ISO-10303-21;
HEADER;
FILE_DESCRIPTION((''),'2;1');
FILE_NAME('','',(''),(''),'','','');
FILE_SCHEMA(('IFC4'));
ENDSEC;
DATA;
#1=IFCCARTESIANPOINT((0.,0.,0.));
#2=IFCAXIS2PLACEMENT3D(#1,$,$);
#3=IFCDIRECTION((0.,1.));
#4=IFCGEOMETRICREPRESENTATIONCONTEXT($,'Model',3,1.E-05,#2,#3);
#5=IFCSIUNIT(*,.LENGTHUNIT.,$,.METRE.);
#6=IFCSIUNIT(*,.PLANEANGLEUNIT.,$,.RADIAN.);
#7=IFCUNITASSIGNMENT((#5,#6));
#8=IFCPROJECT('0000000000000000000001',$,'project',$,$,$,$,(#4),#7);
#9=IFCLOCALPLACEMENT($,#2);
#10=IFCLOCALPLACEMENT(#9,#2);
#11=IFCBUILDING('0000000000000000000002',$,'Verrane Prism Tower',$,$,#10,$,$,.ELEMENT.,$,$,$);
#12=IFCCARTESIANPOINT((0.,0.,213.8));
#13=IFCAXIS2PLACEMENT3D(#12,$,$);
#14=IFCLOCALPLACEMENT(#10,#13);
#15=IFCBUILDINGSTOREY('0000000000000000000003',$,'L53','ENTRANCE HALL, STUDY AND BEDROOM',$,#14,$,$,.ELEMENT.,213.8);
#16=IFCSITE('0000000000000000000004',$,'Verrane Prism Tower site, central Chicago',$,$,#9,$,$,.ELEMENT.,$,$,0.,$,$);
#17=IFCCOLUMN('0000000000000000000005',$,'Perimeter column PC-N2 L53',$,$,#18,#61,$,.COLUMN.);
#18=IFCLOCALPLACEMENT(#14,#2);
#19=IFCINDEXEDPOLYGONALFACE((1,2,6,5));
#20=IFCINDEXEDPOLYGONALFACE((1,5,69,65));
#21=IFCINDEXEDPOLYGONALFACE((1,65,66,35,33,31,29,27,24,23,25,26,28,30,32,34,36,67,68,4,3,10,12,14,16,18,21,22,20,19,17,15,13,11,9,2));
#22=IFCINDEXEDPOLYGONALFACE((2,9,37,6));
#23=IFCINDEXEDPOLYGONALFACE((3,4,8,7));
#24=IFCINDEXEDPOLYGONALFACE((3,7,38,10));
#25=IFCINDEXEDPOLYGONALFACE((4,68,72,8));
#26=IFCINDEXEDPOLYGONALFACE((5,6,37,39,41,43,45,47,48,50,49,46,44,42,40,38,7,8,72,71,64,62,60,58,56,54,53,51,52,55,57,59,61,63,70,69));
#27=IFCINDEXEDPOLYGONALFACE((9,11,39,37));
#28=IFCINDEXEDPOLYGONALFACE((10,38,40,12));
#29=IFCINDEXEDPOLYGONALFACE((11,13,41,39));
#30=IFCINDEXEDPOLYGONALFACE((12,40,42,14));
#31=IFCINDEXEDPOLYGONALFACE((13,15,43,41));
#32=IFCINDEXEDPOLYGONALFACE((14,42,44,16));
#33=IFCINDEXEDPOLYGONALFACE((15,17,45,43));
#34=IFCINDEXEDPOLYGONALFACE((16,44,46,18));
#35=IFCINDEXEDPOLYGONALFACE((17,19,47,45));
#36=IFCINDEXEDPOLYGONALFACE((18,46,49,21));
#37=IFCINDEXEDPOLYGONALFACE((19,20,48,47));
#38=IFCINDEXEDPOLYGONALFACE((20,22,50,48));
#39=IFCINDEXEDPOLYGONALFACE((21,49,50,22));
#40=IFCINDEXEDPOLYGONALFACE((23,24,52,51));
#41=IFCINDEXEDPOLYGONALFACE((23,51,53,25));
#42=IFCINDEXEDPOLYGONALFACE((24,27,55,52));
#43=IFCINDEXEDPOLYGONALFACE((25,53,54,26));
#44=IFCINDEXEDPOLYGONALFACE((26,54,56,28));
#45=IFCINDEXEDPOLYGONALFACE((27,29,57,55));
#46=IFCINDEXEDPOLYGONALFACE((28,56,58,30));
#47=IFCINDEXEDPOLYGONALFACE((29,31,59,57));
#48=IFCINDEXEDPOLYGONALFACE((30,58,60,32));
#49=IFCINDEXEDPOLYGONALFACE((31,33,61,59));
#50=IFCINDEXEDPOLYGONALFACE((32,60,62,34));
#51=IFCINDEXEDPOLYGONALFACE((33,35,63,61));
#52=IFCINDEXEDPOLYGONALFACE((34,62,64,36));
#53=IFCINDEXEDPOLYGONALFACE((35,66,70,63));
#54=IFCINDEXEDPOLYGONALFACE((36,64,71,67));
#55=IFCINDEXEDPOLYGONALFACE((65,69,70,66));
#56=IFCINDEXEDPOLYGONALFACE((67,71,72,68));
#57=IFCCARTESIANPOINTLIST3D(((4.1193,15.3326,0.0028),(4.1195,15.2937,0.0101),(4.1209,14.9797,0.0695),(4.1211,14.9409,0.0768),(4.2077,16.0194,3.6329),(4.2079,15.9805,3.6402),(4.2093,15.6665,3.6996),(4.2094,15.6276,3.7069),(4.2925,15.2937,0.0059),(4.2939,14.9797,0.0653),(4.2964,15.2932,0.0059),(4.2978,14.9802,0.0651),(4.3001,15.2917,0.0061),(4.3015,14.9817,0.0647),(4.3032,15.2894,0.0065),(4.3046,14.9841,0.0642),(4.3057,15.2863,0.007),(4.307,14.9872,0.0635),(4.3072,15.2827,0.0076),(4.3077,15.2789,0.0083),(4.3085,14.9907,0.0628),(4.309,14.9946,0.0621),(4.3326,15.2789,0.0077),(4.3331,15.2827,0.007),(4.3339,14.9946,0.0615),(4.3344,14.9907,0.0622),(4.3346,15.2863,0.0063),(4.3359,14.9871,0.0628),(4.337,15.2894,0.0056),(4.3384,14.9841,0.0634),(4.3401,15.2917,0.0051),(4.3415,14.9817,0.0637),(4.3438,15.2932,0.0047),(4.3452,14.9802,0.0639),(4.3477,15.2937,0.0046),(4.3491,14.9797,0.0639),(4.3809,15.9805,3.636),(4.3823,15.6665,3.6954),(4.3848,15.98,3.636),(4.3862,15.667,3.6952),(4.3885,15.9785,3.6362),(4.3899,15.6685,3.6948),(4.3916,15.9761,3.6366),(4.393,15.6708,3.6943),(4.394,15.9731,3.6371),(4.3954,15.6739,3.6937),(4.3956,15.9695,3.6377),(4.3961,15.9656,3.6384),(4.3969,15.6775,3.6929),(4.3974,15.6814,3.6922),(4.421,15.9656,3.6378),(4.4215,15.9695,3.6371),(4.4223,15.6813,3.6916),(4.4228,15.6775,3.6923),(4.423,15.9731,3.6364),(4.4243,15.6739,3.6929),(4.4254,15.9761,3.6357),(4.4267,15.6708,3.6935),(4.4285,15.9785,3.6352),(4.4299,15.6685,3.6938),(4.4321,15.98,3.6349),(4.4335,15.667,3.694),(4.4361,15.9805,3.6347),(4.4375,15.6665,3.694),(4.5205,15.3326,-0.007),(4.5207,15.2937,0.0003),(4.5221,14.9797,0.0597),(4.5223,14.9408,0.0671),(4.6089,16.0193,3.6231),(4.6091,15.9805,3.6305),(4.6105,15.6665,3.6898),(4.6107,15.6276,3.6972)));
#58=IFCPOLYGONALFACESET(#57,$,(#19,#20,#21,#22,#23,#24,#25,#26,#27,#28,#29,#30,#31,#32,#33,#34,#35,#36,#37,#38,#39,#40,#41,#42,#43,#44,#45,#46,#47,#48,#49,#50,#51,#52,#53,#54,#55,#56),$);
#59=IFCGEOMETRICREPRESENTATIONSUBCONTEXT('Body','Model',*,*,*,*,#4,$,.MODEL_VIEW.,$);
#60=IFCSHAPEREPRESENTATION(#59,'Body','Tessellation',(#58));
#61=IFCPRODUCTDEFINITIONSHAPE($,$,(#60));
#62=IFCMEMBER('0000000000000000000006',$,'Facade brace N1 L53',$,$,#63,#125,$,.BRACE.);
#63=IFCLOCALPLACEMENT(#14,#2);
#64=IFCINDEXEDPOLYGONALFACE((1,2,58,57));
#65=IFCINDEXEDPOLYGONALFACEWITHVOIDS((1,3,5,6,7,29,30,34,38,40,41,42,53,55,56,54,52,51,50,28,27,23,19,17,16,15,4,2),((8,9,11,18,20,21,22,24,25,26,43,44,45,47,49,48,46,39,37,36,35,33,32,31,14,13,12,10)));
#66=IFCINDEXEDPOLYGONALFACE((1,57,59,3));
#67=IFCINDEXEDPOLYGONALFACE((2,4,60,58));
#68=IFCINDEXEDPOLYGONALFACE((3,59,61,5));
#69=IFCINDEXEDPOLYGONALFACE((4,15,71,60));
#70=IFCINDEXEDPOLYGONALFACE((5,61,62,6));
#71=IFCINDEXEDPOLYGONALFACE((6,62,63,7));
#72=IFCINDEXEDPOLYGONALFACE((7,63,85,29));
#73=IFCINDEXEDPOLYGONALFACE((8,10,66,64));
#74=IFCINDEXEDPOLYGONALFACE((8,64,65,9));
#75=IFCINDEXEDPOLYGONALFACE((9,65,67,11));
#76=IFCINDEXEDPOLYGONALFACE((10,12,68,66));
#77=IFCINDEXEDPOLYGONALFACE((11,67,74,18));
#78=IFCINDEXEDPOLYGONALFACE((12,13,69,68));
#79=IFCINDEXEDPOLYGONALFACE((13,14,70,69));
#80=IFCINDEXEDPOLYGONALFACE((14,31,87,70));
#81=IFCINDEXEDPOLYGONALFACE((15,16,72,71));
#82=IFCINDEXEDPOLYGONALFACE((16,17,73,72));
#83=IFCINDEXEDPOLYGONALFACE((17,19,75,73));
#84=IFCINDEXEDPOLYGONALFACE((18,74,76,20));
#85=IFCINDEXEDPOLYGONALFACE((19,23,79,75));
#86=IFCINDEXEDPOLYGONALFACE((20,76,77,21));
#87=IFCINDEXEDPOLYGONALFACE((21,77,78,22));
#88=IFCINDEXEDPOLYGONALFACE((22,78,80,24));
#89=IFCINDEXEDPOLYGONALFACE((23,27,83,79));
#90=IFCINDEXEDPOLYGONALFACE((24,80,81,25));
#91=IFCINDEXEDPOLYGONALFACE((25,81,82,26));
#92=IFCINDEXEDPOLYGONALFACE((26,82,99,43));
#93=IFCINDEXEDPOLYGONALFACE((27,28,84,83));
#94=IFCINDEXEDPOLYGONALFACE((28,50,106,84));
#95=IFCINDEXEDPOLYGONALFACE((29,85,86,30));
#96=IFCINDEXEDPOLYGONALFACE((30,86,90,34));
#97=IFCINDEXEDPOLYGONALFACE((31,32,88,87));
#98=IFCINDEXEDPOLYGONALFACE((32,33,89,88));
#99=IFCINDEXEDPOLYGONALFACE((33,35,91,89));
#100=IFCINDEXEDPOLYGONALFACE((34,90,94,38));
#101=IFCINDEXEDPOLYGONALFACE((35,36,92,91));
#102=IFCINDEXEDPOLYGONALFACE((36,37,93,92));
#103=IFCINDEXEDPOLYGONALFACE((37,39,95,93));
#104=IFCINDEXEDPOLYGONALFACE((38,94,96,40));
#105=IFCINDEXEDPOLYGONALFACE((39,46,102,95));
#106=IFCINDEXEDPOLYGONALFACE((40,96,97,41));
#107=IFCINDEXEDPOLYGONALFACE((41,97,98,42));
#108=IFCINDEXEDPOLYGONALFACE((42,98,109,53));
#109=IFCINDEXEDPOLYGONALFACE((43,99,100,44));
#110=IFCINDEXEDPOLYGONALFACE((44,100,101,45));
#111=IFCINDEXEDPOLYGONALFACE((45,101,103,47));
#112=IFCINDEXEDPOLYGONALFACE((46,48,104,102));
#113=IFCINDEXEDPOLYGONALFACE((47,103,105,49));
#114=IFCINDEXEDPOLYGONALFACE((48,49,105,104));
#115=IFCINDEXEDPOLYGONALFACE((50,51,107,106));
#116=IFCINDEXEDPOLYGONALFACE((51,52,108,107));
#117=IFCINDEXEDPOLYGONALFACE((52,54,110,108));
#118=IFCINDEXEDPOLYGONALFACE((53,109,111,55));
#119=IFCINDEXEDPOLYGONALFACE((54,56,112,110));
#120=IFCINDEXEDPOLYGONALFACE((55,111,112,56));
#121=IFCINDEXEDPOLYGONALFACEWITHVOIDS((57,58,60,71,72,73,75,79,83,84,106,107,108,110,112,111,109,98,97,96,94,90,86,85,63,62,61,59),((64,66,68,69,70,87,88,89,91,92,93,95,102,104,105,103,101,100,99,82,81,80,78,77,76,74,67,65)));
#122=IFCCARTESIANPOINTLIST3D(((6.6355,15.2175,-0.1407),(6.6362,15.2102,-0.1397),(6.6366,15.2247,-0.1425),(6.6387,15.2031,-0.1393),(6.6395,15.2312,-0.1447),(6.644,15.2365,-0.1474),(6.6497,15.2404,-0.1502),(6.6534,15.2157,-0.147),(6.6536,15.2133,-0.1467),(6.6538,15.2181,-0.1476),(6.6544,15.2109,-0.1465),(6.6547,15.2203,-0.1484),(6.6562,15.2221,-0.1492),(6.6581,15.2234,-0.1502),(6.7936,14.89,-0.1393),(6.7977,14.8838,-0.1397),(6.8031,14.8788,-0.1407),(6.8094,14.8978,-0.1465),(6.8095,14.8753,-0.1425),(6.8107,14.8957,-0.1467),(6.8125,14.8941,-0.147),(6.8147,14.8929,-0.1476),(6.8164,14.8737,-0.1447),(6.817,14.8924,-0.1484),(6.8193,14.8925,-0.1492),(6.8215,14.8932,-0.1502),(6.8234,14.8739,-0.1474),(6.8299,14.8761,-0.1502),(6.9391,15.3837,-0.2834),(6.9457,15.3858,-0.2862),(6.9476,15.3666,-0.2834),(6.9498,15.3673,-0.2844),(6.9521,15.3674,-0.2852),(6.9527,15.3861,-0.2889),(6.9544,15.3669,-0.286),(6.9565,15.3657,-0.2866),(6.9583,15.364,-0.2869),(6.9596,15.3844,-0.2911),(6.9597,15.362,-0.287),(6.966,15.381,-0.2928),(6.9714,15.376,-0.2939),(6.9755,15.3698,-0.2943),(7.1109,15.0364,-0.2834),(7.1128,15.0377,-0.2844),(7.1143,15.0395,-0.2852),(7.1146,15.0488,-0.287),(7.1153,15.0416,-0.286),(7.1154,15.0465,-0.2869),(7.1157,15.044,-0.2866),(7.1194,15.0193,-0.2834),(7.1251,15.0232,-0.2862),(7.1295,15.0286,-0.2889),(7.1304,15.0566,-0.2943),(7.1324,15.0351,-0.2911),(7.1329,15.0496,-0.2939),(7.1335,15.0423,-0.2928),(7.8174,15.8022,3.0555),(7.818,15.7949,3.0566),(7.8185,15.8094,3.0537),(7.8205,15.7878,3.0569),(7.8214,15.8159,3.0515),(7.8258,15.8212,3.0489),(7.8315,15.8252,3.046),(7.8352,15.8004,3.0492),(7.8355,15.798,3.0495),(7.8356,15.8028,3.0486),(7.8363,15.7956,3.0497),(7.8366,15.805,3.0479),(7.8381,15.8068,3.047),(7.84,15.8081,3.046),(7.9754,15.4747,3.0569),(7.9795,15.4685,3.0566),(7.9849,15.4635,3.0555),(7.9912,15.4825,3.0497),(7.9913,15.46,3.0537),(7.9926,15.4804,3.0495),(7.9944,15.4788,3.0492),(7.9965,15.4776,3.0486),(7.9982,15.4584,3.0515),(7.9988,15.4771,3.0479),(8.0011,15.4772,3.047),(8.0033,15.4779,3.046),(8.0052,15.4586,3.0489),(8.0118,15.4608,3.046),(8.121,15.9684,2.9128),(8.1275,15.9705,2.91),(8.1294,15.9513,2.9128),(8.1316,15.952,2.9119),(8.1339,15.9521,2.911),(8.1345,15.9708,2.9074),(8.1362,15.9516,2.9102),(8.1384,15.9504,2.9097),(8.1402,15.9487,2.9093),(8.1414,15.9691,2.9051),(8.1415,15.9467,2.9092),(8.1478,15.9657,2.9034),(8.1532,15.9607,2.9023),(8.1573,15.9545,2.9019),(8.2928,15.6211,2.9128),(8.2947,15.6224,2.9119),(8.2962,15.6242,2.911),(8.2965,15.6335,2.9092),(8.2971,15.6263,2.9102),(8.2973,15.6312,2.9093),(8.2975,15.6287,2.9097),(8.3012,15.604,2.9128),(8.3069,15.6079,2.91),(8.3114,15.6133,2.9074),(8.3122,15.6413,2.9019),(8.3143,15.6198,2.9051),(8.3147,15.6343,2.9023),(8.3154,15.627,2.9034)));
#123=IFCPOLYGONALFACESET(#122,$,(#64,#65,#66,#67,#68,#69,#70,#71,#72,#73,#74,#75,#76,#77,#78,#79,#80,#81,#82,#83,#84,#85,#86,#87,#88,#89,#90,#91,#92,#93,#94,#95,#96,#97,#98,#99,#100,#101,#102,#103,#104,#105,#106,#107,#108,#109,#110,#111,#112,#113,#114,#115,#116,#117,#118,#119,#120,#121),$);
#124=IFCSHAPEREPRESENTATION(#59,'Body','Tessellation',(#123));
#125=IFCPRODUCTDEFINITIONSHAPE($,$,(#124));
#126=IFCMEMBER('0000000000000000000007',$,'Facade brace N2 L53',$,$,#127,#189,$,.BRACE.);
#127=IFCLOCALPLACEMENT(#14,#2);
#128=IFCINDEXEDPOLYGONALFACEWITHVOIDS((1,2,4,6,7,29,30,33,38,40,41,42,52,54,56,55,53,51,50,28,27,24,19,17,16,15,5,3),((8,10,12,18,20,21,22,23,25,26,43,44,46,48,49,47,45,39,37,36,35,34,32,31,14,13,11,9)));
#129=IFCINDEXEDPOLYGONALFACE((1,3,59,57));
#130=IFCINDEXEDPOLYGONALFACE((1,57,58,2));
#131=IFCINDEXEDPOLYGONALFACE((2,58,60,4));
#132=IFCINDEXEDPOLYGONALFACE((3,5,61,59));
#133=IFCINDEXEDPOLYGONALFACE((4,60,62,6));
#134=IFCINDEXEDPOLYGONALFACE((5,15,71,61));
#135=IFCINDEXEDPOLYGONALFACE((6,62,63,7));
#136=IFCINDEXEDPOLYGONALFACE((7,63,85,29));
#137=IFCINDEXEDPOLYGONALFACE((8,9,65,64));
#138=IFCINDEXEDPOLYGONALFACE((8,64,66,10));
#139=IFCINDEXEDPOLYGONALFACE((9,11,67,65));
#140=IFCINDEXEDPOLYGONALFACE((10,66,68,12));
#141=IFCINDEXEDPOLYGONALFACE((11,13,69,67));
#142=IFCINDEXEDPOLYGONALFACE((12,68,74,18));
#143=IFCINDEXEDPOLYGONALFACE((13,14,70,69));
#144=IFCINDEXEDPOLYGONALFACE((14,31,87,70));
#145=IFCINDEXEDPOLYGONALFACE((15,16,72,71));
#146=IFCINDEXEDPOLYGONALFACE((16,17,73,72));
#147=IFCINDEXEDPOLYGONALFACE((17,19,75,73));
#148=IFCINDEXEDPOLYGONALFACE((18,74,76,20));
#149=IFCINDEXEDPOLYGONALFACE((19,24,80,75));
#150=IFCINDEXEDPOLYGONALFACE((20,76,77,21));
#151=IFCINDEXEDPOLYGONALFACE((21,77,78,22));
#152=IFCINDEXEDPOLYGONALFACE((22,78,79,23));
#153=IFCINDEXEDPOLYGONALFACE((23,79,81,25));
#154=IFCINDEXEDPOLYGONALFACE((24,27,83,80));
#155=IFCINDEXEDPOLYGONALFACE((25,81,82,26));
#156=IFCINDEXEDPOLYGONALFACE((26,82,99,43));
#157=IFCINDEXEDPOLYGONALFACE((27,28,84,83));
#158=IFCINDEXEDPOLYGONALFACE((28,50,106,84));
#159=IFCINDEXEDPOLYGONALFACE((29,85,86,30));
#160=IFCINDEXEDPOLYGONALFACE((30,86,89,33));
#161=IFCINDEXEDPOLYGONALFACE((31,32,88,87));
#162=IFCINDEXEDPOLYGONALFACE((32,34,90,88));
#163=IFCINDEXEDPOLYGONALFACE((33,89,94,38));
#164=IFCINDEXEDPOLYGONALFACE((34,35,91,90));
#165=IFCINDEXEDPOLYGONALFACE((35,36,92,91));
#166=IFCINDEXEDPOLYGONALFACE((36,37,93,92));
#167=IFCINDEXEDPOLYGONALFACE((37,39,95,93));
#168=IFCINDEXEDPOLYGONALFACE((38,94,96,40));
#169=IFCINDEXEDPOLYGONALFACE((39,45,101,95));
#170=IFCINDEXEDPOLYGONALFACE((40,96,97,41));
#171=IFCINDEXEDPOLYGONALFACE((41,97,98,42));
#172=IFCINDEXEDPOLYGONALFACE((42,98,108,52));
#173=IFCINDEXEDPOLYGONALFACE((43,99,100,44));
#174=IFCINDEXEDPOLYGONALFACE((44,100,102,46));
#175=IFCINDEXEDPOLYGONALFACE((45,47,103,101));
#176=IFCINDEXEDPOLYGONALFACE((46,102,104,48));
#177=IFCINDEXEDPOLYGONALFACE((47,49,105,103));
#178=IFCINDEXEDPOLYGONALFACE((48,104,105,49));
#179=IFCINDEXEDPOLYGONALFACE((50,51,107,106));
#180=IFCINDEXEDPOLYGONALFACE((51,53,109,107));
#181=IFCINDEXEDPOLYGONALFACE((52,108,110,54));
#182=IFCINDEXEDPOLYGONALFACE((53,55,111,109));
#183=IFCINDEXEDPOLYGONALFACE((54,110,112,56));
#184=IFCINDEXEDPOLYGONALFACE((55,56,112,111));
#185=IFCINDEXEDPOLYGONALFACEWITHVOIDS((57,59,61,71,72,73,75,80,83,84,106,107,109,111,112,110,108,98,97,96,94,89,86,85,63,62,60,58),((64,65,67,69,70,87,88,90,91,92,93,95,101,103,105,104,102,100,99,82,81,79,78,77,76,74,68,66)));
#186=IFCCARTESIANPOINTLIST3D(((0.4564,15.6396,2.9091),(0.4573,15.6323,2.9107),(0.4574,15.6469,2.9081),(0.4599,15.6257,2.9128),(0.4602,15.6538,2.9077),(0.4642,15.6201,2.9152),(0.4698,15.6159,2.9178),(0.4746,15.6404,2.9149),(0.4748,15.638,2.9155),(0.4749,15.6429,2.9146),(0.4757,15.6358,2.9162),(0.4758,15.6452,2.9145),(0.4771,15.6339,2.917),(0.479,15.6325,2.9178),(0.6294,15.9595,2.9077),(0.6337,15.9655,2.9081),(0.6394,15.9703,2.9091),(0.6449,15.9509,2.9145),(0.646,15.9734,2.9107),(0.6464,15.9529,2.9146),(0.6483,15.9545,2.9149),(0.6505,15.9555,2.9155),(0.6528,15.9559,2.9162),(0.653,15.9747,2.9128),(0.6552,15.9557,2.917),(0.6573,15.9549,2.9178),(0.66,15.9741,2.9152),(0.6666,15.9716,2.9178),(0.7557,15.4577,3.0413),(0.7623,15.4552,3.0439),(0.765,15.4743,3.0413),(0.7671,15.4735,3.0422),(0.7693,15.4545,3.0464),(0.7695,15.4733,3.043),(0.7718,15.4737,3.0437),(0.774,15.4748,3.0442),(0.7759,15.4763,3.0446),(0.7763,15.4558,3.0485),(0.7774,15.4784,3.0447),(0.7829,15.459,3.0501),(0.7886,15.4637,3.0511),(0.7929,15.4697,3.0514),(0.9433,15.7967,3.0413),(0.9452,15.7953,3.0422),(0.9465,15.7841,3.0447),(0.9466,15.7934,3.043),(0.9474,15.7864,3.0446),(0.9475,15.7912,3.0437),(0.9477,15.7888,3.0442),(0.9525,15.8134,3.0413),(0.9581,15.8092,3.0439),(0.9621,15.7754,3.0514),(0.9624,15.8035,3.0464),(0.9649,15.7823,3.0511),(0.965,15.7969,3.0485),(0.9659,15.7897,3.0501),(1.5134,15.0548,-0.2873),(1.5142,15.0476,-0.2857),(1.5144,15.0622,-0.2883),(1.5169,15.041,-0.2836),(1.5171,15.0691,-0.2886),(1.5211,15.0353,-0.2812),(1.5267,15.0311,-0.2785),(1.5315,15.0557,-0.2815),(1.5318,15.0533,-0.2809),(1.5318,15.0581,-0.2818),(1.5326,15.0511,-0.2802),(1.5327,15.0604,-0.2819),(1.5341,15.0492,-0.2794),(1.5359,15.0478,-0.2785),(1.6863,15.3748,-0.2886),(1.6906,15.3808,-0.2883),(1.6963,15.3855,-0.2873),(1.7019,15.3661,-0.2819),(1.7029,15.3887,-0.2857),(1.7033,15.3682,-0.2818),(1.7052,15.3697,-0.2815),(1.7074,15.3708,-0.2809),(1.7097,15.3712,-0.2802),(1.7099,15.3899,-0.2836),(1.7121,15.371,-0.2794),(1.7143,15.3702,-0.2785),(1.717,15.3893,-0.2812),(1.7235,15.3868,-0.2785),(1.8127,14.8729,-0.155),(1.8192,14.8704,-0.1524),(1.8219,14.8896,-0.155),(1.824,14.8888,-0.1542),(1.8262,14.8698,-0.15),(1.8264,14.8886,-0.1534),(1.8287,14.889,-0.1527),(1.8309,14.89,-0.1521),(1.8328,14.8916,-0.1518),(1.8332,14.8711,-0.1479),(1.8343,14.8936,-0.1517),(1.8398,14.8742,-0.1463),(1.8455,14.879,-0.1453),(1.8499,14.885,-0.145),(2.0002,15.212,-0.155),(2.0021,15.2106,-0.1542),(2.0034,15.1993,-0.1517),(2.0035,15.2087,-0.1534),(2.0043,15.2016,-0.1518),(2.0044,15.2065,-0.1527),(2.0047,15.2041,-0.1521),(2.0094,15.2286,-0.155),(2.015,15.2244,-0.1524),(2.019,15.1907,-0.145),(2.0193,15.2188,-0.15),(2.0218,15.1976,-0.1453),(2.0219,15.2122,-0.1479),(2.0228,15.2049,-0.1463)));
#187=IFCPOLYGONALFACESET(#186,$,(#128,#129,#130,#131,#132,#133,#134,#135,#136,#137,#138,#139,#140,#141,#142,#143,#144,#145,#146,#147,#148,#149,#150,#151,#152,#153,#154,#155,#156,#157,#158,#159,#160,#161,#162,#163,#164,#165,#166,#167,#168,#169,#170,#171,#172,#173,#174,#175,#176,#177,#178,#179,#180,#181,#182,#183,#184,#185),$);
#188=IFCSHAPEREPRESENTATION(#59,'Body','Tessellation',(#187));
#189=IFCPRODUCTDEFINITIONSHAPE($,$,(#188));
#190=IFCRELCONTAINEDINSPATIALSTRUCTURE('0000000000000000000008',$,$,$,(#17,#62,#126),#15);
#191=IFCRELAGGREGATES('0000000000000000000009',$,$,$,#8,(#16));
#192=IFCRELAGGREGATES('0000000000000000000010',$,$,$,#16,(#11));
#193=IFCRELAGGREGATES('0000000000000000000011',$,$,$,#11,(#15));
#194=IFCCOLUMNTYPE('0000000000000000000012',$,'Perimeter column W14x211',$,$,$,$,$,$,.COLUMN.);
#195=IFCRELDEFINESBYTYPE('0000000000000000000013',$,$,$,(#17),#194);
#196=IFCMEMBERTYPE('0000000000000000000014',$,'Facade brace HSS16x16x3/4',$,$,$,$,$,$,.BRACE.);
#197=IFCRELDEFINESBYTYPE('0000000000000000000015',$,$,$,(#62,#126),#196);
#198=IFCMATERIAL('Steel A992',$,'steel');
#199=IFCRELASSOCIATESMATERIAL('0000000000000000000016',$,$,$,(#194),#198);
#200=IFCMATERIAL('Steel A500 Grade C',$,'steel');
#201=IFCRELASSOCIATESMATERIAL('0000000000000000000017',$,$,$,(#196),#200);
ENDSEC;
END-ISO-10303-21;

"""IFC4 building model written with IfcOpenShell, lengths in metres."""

from ifc_helpers import new_model, si_unit, direction, frame, origin, origin_2d, place, context, subcontext, project, spatial, hollow_rectangle, i_section, extrude, material, material_profile, profile_set, type_object, element, save


model = new_model("IFC4")

# Units and contexts
model_context = context("Model", 3, precision=1e-05, world=origin(), true_north=direction((0.0, 1.0)))
body_context = subcontext(model_context, "Body", "Model", "MODEL_VIEW")
ifc_project = project(units=[si_unit("LENGTHUNIT", "METRE"), si_unit("PLANEANGLEUNIT", "RADIAN")], contexts=[model_context])

# Site, building, storey
site_placement = place(None, origin())
site = spatial("IfcSite", under=ifc_project, at=site_placement, Name="Verrane Prism Tower site, central Chicago", CompositionType="ELEMENT", RefElevation=0.0)
building_placement = place(site_placement, origin())
building = spatial("IfcBuilding", under=site, at=building_placement, Name="Verrane Prism Tower", CompositionType="ELEMENT")
storey_placement = place(building_placement, frame((0.0, 0.0, 213.8)))
storey = spatial("IfcBuildingStorey", under=building, at=storey_placement, Name="L53", Description="ENTRANCE HALL, STUDY AND BEDROOM", CompositionType="ELEMENT", Elevation=213.8)

# Column
ifc_material_1 = material(Name="Steel A992", Category="steel")
ifc_material_profile_1 = material_profile(ifc_material_1, i_section(OverallWidth=0.4014, OverallDepth=0.3987, WebThickness=0.0249, FlangeThickness=0.0396, FilletRadius=0.0151, at=origin_2d()), Name="W14x211")
ifc_profile_set_1 = profile_set([ifc_material_profile_1], Name="Steel A992")
column_type = type_object("IfcColumnType", Name="Perimeter column W14x211", PredefinedType="COLUMN", material=ifc_profile_set_1)
column_placement = place(storey_placement, frame((4.3208, 15.1367, 0.0349), z_axis=(0.023915, 0.185835, 0.98229), x_axis=(0.999704, -0.000115, -0.024317)))
element("IfcColumn", 1, at=column_placement, inside=storey, type_object=column_type, Name="Perimeter column PC-N2 L53", PredefinedType="COLUMN", context=body_context, shape_type="SweptSolid", body=[
    extrude(i_section(OverallWidth=0.4014, OverallDepth=0.3987, WebThickness=0.0249, FlangeThickness=0.0396, FilletRadius=0.0151, at=origin_2d()), origin(), (0.0, 0.0, 1.0), 3.6956),
])

# Members
ifc_material_2 = material(Name="Steel A500 Grade C", Category="steel")
ifc_material_profile_2 = material_profile(ifc_material_2, hollow_rectangle(XDim=0.4065, YDim=0.4065, WallThickness=0.019, InnerFilletRadius=0.0095, OuterFilletRadius=0.0286, at=origin_2d()), Name="HSS16x16x3/4")
ifc_profile_set_2 = profile_set([ifc_material_profile_2], Name="Steel A500 Grade C")
member_type_1 = type_object("IfcMemberType", Name="Facade brace HSS16x16x3/4", PredefinedType="BRACE", material=ifc_profile_set_2)
member_1_placement = place(storey_placement, frame((6.8845, 15.1299, -0.2168), z_axis=(0.341822, 0.169111, 0.924424), x_axis=(-0.443433, 0.896308, 0.0)))
element("IfcMember", 2, at=member_1_placement, inside=storey, type_object=member_type_1, Name="Facade brace N1 L53", PredefinedType="BRACE", context=body_context, shape_type="SweptSolid", body=[
    extrude(hollow_rectangle(XDim=0.4065, YDim=0.4065, WallThickness=0.019, InnerFilletRadius=0.0095, OuterFilletRadius=0.0286, at=origin_2d()), origin(), (0.0, 0.0, 1.0), 3.4575),
])
member_2_placement = place(storey_placement, frame((1.7681, 15.1299, -0.2168), z_axis=(-0.309312, 0.171125, 0.935437), x_axis=(-0.484098, -0.875014, 0.0)))
element("IfcMember", 3, at=member_2_placement, inside=storey, type_object=member_type_1, Name="Facade brace N2 L53", PredefinedType="BRACE", context=body_context, shape_type="SweptSolid", body=[
    extrude(hollow_rectangle(XDim=0.4065, YDim=0.4065, WallThickness=0.019, InnerFilletRadius=0.0095, OuterFilletRadius=0.0286, at=origin_2d()), origin(), (0.0, 0.0, 1.0), 3.417),
])

save(model, "model.ifc")
